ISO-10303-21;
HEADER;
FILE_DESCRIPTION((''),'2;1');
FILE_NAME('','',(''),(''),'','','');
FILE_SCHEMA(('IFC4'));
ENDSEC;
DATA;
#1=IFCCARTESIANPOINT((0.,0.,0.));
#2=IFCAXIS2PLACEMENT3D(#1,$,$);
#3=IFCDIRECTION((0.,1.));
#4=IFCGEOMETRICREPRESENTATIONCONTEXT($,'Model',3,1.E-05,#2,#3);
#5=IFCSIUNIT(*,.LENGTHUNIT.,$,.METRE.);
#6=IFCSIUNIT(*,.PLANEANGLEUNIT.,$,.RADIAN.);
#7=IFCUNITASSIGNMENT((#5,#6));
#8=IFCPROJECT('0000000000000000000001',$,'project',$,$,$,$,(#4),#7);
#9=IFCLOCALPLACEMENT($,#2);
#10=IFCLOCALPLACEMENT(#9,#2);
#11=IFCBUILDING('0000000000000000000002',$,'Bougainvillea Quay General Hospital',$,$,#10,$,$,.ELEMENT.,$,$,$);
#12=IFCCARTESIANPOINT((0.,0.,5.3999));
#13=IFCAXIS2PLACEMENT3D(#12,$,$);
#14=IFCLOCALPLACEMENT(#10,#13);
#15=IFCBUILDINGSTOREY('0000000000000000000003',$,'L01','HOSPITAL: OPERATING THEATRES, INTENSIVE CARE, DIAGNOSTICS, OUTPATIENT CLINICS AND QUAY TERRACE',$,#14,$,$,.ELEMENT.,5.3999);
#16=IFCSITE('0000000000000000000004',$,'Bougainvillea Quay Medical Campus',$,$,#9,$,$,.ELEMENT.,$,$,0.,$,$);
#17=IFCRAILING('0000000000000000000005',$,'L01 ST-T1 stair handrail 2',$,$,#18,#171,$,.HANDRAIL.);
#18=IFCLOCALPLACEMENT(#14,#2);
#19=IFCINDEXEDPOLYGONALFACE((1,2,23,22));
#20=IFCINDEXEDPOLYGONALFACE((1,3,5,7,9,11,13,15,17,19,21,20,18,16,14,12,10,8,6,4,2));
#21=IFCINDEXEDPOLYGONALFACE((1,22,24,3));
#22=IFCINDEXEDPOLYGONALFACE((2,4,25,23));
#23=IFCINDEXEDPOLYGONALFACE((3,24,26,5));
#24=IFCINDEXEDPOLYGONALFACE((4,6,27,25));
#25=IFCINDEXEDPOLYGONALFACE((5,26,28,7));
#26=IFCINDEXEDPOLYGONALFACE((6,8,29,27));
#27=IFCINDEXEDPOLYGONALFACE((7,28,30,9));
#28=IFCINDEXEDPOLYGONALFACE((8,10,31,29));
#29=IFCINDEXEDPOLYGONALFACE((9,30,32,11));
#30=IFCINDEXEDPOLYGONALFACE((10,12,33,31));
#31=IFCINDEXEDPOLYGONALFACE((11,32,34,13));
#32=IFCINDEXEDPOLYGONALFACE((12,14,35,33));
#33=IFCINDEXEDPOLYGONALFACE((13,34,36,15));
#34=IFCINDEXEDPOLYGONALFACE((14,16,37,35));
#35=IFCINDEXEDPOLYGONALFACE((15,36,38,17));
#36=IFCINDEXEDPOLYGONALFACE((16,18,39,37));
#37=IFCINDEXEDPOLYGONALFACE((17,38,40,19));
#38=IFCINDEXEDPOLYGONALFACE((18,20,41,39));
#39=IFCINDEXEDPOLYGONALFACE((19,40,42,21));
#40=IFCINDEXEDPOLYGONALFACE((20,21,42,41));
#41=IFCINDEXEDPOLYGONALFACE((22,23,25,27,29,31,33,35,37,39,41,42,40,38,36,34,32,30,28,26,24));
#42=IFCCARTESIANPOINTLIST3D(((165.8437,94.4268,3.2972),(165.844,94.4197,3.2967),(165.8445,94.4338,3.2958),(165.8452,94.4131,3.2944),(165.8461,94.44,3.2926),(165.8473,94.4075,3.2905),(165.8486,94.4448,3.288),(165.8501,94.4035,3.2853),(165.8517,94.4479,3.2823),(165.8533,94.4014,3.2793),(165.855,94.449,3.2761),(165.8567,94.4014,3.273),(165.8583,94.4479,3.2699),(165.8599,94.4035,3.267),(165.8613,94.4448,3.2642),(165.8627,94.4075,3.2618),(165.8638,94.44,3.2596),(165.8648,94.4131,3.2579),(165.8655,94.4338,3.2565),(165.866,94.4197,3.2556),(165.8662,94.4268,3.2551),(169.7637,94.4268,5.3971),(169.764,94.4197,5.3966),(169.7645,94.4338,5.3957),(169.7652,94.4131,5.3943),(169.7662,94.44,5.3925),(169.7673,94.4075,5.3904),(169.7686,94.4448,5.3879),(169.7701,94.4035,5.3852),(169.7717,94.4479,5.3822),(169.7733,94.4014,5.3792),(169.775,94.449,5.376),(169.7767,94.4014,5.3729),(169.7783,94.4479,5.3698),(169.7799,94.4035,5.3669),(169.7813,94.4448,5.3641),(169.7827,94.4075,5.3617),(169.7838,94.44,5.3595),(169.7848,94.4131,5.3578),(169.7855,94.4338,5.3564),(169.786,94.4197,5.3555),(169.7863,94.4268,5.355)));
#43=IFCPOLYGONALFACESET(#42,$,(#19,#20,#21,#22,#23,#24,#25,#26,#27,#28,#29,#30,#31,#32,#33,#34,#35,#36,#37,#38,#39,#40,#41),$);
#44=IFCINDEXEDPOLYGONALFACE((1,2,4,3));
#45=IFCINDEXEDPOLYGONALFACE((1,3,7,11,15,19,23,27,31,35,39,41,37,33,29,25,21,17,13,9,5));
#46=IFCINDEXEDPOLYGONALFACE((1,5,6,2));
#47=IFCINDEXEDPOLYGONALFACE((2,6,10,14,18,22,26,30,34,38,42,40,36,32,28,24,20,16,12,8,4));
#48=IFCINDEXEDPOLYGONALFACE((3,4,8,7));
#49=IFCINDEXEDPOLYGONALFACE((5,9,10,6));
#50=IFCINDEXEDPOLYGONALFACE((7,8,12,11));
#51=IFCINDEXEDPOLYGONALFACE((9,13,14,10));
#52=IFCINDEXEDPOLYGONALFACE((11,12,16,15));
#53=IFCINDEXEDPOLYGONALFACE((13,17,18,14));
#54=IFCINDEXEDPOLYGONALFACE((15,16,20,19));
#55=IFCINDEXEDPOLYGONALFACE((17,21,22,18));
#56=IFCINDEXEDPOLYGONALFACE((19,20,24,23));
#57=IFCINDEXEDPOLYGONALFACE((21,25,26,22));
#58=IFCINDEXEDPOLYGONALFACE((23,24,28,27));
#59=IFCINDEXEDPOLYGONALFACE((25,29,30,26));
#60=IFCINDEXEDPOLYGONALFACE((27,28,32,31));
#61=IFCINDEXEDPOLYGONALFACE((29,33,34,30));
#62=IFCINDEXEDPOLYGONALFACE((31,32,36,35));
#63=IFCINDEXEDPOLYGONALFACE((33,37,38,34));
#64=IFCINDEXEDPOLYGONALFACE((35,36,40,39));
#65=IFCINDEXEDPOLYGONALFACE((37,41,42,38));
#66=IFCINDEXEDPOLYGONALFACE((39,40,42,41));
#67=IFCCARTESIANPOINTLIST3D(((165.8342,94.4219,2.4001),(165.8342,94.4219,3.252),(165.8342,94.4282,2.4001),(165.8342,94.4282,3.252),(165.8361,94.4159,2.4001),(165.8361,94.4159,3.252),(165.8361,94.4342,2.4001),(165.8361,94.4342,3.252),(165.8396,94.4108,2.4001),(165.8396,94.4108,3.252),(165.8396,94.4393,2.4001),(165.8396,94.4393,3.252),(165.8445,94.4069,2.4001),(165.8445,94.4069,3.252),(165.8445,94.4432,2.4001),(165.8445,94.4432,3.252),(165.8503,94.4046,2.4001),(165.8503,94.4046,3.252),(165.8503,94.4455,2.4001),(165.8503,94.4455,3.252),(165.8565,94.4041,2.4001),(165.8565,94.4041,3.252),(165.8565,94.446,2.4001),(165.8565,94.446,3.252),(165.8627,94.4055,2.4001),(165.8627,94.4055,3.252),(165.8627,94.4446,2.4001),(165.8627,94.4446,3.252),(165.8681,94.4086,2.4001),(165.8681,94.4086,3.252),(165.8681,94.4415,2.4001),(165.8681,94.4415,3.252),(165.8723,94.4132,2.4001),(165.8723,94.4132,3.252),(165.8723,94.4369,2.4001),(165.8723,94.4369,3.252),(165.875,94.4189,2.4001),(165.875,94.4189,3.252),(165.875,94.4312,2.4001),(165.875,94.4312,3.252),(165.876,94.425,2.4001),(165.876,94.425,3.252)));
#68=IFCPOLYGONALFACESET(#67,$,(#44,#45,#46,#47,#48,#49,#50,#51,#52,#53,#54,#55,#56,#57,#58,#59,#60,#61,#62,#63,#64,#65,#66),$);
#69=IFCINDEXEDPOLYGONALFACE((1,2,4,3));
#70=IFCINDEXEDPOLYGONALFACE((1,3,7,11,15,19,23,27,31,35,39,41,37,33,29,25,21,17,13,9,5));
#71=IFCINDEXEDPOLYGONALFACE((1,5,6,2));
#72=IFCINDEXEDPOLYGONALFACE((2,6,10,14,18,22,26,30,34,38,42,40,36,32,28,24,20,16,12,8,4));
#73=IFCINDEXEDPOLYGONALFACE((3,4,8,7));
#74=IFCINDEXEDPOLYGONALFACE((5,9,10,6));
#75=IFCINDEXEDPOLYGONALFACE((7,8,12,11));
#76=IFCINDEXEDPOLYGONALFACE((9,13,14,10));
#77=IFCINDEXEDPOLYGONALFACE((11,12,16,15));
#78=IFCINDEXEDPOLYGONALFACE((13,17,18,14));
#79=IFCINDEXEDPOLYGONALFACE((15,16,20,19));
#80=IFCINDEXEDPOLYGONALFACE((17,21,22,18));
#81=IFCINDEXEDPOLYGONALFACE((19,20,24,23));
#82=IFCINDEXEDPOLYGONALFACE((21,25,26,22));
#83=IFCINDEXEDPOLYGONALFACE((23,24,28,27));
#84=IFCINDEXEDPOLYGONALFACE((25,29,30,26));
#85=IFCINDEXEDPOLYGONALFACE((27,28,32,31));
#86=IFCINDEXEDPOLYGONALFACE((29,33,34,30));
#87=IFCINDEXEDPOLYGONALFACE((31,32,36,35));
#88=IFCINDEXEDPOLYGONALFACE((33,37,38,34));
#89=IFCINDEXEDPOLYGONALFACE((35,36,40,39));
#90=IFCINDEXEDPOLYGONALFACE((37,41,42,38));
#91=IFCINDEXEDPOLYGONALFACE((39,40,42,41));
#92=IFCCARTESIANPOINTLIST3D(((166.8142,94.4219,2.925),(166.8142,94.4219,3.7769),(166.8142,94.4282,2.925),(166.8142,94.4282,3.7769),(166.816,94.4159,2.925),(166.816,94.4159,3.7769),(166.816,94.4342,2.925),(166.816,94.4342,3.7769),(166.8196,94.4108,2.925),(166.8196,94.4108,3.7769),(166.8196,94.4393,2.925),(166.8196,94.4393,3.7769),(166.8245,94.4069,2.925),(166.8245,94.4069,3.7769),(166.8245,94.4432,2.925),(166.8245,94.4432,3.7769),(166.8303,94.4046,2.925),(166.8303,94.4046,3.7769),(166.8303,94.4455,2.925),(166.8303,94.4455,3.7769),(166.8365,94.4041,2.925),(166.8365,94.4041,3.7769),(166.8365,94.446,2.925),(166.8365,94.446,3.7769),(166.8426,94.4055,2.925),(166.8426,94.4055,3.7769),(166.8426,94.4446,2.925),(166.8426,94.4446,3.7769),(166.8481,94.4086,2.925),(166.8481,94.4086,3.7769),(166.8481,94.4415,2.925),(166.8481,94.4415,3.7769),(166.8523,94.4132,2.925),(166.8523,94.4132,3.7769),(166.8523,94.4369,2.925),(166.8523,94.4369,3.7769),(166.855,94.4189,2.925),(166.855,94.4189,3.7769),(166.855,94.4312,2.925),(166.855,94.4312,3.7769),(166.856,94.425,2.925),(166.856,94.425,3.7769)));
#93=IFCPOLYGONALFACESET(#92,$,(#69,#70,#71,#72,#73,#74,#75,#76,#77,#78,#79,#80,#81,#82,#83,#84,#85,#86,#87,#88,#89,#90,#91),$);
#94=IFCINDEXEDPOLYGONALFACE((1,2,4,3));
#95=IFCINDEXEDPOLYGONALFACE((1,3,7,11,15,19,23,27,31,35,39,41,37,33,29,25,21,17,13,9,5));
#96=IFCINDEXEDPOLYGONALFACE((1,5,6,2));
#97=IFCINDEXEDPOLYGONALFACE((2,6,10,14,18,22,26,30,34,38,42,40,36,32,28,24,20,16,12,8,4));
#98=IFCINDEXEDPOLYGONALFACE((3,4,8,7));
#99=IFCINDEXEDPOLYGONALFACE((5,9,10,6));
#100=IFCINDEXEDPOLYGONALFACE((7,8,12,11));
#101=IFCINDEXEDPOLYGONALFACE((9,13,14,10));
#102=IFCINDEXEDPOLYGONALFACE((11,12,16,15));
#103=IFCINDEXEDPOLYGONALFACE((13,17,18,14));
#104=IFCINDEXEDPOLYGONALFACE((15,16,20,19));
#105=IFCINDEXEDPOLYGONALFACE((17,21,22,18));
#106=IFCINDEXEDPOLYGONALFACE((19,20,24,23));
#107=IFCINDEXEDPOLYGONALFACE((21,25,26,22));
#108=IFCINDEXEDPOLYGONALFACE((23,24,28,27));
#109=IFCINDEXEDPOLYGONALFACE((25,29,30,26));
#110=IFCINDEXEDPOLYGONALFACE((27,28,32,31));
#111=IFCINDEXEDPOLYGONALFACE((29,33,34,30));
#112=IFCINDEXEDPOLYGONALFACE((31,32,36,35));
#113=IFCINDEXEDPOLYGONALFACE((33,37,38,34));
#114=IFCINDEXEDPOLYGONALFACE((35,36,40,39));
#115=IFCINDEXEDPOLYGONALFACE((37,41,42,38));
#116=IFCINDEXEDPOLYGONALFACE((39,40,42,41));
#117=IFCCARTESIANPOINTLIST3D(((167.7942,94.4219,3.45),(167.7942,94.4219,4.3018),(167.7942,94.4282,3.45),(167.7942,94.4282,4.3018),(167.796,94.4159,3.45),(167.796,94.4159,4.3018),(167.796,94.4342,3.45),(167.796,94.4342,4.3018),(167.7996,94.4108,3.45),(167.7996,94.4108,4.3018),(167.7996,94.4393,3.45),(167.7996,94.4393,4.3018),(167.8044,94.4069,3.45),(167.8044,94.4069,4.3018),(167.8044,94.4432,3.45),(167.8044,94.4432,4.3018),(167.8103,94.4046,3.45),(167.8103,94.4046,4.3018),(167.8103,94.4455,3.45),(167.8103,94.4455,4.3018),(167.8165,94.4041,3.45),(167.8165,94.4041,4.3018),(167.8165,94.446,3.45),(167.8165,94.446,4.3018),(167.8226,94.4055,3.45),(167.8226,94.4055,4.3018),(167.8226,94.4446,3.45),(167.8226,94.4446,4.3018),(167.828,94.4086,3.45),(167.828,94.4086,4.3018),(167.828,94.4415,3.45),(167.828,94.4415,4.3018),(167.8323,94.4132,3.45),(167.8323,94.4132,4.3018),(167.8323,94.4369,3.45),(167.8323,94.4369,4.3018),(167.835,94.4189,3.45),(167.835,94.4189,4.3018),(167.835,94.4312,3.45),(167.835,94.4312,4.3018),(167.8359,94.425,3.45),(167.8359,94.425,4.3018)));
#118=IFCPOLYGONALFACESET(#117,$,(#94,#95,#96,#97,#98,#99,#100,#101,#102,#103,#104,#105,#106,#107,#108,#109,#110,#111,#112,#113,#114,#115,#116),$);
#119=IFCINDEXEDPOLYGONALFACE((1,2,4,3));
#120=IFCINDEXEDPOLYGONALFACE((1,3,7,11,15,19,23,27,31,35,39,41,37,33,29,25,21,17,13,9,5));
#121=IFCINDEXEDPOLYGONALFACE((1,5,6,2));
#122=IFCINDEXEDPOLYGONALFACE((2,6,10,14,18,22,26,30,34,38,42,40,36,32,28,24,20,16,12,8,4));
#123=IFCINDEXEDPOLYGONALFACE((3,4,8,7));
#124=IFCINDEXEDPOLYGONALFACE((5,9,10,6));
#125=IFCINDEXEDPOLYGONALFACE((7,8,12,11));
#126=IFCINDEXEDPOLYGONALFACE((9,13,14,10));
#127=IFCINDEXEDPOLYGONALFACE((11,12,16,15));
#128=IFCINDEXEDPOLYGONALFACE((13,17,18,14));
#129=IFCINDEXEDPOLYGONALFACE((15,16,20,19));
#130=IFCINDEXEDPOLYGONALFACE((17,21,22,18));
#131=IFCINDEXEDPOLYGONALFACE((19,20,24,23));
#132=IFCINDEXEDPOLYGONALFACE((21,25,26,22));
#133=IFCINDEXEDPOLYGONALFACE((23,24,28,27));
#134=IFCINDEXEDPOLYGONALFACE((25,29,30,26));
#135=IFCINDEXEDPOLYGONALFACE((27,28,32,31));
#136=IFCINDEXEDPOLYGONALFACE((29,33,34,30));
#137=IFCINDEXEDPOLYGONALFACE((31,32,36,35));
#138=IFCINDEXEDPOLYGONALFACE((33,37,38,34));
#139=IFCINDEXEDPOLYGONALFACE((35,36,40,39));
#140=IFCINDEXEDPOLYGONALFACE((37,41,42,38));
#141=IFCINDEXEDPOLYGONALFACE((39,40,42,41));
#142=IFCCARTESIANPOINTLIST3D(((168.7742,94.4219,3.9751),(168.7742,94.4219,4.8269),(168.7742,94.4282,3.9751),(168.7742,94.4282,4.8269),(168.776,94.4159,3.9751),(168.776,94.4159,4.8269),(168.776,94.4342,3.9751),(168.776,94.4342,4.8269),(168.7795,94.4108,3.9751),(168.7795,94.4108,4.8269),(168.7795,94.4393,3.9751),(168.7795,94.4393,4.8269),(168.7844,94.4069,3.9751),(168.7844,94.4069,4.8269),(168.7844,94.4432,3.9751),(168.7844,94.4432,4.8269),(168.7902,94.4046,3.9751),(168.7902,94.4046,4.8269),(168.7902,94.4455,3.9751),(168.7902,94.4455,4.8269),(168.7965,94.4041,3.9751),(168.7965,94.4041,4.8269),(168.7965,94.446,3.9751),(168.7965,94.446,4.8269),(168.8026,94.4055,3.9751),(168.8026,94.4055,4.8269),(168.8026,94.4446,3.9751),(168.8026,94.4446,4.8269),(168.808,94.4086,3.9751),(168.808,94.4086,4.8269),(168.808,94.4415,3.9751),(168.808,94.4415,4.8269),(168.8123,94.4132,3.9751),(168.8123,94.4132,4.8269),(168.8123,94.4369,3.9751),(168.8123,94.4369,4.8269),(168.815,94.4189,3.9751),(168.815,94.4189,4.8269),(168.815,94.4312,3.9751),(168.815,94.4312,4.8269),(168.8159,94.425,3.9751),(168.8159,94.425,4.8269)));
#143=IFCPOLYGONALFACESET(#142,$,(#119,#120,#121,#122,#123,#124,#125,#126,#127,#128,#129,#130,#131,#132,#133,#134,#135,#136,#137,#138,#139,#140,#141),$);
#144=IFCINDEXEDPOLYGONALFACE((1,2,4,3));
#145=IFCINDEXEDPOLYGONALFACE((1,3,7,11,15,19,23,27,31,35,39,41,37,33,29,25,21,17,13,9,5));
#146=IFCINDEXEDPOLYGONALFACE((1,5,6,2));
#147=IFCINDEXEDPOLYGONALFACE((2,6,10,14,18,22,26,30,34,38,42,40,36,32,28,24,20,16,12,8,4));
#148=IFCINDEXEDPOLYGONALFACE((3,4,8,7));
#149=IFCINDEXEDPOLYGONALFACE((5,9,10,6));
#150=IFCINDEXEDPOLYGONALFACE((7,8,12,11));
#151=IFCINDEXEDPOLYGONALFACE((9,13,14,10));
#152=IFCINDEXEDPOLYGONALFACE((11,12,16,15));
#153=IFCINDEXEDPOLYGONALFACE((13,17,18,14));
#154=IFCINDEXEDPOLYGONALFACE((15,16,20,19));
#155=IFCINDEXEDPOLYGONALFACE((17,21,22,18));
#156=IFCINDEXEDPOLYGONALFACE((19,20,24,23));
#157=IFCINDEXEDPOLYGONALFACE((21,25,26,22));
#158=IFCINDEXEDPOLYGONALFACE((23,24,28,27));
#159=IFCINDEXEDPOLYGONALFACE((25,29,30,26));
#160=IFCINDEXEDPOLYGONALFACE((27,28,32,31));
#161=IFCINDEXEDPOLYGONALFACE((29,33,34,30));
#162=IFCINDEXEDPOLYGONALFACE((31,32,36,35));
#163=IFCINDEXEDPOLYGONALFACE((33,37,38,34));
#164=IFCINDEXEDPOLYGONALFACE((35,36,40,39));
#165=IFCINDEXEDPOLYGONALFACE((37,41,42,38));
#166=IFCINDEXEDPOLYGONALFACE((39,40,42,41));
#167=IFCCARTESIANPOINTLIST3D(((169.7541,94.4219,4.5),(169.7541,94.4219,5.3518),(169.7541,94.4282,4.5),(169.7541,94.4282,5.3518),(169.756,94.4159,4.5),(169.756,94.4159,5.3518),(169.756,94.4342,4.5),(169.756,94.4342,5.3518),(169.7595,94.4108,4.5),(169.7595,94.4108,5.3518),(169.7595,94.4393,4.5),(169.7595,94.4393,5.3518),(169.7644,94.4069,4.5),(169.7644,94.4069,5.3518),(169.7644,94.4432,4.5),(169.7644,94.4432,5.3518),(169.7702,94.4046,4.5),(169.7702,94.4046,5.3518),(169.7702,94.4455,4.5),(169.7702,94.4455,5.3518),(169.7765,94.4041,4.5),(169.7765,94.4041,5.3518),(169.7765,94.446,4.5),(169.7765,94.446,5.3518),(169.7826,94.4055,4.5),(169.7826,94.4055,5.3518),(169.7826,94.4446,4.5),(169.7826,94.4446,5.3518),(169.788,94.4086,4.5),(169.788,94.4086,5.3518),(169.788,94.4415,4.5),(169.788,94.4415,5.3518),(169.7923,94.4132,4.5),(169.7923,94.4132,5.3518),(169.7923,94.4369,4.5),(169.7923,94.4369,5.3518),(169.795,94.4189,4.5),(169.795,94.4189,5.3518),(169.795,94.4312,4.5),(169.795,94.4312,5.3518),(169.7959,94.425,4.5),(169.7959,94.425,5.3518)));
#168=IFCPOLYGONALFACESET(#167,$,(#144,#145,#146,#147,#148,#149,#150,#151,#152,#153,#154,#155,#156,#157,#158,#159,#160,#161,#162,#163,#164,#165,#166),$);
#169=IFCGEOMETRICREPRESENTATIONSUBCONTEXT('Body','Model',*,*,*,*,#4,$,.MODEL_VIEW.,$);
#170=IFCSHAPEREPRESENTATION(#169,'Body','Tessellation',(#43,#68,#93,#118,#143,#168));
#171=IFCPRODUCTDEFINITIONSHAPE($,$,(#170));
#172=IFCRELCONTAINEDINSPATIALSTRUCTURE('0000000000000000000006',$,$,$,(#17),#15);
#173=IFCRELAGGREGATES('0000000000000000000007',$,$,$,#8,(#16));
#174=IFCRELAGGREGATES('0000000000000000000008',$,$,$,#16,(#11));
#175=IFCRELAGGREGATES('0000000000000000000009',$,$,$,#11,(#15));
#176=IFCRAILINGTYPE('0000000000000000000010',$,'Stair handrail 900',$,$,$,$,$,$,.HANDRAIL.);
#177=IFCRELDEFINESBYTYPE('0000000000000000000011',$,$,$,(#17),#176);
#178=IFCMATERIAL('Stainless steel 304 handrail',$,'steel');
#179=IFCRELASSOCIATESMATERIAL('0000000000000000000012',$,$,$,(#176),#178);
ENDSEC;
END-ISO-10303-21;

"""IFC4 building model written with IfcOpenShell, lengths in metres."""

from ifc_helpers import new_model, si_unit, direction, frame, origin, origin_2d, place, context, subcontext, project, spatial, circle, extrude, material, type_object, element, save


model = new_model("IFC4")

# Units and contexts
model_context = context("Model", 3, precision=1e-05, world=origin(), true_north=direction((0.0, 1.0)))
body_context = subcontext(model_context, "Body", "Model", "MODEL_VIEW")
ifc_project = project(units=[si_unit("LENGTHUNIT", "METRE"), si_unit("PLANEANGLEUNIT", "RADIAN")], contexts=[model_context])

# Site, building, storey
site_placement = place(None, origin())
site = spatial("IfcSite", under=ifc_project, at=site_placement, Name="Bougainvillea Quay Medical Campus", CompositionType="ELEMENT", RefElevation=0.0)
building_placement = place(site_placement, origin())
building = spatial("IfcBuilding", under=site, at=building_placement, Name="Bougainvillea Quay General Hospital", CompositionType="ELEMENT")
storey_placement = place(building_placement, frame((0.0, 0.0, 5.3999)))
storey = spatial("IfcBuildingStorey", under=building, at=storey_placement, Name="L01", Description="HOSPITAL: OPERATING THEATRES, INTENSIVE CARE, DIAGNOSTICS, OUTPATIENT CLINICS AND QUAY TERRACE", CompositionType="ELEMENT", Elevation=5.3999)

# Railing
ifc_material_1 = material(Name="Stainless steel 304 handrail", Category="steel")
railing_type_1 = type_object("IfcRailingType", Name="Stair handrail 900", PredefinedType="HANDRAIL", material=ifc_material_1)
railing_1_placement = place(storey_placement, frame((165.855, 94.425, 2.4001)))
element("IfcRailing", 1, at=railing_1_placement, inside=storey, type_object=railing_type_1, Name="L01 ST-T1 stair handrail 2", PredefinedType="HANDRAIL", context=body_context, shape_type="SweptSolid", body=[
    extrude(circle(Radius=0.0239, at=origin_2d()), frame((0.0, 0.0, 0.876), z_axis=(0.88149, 0.0, 0.472203), x_axis=(0.0, 1.0, 0.0)), (0.0, 0.0, 1.0), 4.447),
    extrude(circle(Radius=0.021, at=origin_2d()), origin(), (0.0, 0.0, 1.0), 0.8518),
    extrude(circle(Radius=0.021, at=origin_2d()), frame((0.98, 0.0, 0.5249)), (0.0, 0.0, 1.0), 0.8518),
    extrude(circle(Radius=0.021, at=origin_2d()), frame((1.96, 0.0, 1.0498)), (0.0, 0.0, 1.0), 0.8518),
    extrude(circle(Radius=0.021, at=origin_2d()), frame((2.9399, 0.0, 1.575)), (0.0, 0.0, 1.0), 0.8518),
    extrude(circle(Radius=0.021, at=origin_2d()), frame((3.9199, 0.0, 2.0999)), (0.0, 0.0, 1.0), 0.8518),
])

save(model, "model.ifc")
